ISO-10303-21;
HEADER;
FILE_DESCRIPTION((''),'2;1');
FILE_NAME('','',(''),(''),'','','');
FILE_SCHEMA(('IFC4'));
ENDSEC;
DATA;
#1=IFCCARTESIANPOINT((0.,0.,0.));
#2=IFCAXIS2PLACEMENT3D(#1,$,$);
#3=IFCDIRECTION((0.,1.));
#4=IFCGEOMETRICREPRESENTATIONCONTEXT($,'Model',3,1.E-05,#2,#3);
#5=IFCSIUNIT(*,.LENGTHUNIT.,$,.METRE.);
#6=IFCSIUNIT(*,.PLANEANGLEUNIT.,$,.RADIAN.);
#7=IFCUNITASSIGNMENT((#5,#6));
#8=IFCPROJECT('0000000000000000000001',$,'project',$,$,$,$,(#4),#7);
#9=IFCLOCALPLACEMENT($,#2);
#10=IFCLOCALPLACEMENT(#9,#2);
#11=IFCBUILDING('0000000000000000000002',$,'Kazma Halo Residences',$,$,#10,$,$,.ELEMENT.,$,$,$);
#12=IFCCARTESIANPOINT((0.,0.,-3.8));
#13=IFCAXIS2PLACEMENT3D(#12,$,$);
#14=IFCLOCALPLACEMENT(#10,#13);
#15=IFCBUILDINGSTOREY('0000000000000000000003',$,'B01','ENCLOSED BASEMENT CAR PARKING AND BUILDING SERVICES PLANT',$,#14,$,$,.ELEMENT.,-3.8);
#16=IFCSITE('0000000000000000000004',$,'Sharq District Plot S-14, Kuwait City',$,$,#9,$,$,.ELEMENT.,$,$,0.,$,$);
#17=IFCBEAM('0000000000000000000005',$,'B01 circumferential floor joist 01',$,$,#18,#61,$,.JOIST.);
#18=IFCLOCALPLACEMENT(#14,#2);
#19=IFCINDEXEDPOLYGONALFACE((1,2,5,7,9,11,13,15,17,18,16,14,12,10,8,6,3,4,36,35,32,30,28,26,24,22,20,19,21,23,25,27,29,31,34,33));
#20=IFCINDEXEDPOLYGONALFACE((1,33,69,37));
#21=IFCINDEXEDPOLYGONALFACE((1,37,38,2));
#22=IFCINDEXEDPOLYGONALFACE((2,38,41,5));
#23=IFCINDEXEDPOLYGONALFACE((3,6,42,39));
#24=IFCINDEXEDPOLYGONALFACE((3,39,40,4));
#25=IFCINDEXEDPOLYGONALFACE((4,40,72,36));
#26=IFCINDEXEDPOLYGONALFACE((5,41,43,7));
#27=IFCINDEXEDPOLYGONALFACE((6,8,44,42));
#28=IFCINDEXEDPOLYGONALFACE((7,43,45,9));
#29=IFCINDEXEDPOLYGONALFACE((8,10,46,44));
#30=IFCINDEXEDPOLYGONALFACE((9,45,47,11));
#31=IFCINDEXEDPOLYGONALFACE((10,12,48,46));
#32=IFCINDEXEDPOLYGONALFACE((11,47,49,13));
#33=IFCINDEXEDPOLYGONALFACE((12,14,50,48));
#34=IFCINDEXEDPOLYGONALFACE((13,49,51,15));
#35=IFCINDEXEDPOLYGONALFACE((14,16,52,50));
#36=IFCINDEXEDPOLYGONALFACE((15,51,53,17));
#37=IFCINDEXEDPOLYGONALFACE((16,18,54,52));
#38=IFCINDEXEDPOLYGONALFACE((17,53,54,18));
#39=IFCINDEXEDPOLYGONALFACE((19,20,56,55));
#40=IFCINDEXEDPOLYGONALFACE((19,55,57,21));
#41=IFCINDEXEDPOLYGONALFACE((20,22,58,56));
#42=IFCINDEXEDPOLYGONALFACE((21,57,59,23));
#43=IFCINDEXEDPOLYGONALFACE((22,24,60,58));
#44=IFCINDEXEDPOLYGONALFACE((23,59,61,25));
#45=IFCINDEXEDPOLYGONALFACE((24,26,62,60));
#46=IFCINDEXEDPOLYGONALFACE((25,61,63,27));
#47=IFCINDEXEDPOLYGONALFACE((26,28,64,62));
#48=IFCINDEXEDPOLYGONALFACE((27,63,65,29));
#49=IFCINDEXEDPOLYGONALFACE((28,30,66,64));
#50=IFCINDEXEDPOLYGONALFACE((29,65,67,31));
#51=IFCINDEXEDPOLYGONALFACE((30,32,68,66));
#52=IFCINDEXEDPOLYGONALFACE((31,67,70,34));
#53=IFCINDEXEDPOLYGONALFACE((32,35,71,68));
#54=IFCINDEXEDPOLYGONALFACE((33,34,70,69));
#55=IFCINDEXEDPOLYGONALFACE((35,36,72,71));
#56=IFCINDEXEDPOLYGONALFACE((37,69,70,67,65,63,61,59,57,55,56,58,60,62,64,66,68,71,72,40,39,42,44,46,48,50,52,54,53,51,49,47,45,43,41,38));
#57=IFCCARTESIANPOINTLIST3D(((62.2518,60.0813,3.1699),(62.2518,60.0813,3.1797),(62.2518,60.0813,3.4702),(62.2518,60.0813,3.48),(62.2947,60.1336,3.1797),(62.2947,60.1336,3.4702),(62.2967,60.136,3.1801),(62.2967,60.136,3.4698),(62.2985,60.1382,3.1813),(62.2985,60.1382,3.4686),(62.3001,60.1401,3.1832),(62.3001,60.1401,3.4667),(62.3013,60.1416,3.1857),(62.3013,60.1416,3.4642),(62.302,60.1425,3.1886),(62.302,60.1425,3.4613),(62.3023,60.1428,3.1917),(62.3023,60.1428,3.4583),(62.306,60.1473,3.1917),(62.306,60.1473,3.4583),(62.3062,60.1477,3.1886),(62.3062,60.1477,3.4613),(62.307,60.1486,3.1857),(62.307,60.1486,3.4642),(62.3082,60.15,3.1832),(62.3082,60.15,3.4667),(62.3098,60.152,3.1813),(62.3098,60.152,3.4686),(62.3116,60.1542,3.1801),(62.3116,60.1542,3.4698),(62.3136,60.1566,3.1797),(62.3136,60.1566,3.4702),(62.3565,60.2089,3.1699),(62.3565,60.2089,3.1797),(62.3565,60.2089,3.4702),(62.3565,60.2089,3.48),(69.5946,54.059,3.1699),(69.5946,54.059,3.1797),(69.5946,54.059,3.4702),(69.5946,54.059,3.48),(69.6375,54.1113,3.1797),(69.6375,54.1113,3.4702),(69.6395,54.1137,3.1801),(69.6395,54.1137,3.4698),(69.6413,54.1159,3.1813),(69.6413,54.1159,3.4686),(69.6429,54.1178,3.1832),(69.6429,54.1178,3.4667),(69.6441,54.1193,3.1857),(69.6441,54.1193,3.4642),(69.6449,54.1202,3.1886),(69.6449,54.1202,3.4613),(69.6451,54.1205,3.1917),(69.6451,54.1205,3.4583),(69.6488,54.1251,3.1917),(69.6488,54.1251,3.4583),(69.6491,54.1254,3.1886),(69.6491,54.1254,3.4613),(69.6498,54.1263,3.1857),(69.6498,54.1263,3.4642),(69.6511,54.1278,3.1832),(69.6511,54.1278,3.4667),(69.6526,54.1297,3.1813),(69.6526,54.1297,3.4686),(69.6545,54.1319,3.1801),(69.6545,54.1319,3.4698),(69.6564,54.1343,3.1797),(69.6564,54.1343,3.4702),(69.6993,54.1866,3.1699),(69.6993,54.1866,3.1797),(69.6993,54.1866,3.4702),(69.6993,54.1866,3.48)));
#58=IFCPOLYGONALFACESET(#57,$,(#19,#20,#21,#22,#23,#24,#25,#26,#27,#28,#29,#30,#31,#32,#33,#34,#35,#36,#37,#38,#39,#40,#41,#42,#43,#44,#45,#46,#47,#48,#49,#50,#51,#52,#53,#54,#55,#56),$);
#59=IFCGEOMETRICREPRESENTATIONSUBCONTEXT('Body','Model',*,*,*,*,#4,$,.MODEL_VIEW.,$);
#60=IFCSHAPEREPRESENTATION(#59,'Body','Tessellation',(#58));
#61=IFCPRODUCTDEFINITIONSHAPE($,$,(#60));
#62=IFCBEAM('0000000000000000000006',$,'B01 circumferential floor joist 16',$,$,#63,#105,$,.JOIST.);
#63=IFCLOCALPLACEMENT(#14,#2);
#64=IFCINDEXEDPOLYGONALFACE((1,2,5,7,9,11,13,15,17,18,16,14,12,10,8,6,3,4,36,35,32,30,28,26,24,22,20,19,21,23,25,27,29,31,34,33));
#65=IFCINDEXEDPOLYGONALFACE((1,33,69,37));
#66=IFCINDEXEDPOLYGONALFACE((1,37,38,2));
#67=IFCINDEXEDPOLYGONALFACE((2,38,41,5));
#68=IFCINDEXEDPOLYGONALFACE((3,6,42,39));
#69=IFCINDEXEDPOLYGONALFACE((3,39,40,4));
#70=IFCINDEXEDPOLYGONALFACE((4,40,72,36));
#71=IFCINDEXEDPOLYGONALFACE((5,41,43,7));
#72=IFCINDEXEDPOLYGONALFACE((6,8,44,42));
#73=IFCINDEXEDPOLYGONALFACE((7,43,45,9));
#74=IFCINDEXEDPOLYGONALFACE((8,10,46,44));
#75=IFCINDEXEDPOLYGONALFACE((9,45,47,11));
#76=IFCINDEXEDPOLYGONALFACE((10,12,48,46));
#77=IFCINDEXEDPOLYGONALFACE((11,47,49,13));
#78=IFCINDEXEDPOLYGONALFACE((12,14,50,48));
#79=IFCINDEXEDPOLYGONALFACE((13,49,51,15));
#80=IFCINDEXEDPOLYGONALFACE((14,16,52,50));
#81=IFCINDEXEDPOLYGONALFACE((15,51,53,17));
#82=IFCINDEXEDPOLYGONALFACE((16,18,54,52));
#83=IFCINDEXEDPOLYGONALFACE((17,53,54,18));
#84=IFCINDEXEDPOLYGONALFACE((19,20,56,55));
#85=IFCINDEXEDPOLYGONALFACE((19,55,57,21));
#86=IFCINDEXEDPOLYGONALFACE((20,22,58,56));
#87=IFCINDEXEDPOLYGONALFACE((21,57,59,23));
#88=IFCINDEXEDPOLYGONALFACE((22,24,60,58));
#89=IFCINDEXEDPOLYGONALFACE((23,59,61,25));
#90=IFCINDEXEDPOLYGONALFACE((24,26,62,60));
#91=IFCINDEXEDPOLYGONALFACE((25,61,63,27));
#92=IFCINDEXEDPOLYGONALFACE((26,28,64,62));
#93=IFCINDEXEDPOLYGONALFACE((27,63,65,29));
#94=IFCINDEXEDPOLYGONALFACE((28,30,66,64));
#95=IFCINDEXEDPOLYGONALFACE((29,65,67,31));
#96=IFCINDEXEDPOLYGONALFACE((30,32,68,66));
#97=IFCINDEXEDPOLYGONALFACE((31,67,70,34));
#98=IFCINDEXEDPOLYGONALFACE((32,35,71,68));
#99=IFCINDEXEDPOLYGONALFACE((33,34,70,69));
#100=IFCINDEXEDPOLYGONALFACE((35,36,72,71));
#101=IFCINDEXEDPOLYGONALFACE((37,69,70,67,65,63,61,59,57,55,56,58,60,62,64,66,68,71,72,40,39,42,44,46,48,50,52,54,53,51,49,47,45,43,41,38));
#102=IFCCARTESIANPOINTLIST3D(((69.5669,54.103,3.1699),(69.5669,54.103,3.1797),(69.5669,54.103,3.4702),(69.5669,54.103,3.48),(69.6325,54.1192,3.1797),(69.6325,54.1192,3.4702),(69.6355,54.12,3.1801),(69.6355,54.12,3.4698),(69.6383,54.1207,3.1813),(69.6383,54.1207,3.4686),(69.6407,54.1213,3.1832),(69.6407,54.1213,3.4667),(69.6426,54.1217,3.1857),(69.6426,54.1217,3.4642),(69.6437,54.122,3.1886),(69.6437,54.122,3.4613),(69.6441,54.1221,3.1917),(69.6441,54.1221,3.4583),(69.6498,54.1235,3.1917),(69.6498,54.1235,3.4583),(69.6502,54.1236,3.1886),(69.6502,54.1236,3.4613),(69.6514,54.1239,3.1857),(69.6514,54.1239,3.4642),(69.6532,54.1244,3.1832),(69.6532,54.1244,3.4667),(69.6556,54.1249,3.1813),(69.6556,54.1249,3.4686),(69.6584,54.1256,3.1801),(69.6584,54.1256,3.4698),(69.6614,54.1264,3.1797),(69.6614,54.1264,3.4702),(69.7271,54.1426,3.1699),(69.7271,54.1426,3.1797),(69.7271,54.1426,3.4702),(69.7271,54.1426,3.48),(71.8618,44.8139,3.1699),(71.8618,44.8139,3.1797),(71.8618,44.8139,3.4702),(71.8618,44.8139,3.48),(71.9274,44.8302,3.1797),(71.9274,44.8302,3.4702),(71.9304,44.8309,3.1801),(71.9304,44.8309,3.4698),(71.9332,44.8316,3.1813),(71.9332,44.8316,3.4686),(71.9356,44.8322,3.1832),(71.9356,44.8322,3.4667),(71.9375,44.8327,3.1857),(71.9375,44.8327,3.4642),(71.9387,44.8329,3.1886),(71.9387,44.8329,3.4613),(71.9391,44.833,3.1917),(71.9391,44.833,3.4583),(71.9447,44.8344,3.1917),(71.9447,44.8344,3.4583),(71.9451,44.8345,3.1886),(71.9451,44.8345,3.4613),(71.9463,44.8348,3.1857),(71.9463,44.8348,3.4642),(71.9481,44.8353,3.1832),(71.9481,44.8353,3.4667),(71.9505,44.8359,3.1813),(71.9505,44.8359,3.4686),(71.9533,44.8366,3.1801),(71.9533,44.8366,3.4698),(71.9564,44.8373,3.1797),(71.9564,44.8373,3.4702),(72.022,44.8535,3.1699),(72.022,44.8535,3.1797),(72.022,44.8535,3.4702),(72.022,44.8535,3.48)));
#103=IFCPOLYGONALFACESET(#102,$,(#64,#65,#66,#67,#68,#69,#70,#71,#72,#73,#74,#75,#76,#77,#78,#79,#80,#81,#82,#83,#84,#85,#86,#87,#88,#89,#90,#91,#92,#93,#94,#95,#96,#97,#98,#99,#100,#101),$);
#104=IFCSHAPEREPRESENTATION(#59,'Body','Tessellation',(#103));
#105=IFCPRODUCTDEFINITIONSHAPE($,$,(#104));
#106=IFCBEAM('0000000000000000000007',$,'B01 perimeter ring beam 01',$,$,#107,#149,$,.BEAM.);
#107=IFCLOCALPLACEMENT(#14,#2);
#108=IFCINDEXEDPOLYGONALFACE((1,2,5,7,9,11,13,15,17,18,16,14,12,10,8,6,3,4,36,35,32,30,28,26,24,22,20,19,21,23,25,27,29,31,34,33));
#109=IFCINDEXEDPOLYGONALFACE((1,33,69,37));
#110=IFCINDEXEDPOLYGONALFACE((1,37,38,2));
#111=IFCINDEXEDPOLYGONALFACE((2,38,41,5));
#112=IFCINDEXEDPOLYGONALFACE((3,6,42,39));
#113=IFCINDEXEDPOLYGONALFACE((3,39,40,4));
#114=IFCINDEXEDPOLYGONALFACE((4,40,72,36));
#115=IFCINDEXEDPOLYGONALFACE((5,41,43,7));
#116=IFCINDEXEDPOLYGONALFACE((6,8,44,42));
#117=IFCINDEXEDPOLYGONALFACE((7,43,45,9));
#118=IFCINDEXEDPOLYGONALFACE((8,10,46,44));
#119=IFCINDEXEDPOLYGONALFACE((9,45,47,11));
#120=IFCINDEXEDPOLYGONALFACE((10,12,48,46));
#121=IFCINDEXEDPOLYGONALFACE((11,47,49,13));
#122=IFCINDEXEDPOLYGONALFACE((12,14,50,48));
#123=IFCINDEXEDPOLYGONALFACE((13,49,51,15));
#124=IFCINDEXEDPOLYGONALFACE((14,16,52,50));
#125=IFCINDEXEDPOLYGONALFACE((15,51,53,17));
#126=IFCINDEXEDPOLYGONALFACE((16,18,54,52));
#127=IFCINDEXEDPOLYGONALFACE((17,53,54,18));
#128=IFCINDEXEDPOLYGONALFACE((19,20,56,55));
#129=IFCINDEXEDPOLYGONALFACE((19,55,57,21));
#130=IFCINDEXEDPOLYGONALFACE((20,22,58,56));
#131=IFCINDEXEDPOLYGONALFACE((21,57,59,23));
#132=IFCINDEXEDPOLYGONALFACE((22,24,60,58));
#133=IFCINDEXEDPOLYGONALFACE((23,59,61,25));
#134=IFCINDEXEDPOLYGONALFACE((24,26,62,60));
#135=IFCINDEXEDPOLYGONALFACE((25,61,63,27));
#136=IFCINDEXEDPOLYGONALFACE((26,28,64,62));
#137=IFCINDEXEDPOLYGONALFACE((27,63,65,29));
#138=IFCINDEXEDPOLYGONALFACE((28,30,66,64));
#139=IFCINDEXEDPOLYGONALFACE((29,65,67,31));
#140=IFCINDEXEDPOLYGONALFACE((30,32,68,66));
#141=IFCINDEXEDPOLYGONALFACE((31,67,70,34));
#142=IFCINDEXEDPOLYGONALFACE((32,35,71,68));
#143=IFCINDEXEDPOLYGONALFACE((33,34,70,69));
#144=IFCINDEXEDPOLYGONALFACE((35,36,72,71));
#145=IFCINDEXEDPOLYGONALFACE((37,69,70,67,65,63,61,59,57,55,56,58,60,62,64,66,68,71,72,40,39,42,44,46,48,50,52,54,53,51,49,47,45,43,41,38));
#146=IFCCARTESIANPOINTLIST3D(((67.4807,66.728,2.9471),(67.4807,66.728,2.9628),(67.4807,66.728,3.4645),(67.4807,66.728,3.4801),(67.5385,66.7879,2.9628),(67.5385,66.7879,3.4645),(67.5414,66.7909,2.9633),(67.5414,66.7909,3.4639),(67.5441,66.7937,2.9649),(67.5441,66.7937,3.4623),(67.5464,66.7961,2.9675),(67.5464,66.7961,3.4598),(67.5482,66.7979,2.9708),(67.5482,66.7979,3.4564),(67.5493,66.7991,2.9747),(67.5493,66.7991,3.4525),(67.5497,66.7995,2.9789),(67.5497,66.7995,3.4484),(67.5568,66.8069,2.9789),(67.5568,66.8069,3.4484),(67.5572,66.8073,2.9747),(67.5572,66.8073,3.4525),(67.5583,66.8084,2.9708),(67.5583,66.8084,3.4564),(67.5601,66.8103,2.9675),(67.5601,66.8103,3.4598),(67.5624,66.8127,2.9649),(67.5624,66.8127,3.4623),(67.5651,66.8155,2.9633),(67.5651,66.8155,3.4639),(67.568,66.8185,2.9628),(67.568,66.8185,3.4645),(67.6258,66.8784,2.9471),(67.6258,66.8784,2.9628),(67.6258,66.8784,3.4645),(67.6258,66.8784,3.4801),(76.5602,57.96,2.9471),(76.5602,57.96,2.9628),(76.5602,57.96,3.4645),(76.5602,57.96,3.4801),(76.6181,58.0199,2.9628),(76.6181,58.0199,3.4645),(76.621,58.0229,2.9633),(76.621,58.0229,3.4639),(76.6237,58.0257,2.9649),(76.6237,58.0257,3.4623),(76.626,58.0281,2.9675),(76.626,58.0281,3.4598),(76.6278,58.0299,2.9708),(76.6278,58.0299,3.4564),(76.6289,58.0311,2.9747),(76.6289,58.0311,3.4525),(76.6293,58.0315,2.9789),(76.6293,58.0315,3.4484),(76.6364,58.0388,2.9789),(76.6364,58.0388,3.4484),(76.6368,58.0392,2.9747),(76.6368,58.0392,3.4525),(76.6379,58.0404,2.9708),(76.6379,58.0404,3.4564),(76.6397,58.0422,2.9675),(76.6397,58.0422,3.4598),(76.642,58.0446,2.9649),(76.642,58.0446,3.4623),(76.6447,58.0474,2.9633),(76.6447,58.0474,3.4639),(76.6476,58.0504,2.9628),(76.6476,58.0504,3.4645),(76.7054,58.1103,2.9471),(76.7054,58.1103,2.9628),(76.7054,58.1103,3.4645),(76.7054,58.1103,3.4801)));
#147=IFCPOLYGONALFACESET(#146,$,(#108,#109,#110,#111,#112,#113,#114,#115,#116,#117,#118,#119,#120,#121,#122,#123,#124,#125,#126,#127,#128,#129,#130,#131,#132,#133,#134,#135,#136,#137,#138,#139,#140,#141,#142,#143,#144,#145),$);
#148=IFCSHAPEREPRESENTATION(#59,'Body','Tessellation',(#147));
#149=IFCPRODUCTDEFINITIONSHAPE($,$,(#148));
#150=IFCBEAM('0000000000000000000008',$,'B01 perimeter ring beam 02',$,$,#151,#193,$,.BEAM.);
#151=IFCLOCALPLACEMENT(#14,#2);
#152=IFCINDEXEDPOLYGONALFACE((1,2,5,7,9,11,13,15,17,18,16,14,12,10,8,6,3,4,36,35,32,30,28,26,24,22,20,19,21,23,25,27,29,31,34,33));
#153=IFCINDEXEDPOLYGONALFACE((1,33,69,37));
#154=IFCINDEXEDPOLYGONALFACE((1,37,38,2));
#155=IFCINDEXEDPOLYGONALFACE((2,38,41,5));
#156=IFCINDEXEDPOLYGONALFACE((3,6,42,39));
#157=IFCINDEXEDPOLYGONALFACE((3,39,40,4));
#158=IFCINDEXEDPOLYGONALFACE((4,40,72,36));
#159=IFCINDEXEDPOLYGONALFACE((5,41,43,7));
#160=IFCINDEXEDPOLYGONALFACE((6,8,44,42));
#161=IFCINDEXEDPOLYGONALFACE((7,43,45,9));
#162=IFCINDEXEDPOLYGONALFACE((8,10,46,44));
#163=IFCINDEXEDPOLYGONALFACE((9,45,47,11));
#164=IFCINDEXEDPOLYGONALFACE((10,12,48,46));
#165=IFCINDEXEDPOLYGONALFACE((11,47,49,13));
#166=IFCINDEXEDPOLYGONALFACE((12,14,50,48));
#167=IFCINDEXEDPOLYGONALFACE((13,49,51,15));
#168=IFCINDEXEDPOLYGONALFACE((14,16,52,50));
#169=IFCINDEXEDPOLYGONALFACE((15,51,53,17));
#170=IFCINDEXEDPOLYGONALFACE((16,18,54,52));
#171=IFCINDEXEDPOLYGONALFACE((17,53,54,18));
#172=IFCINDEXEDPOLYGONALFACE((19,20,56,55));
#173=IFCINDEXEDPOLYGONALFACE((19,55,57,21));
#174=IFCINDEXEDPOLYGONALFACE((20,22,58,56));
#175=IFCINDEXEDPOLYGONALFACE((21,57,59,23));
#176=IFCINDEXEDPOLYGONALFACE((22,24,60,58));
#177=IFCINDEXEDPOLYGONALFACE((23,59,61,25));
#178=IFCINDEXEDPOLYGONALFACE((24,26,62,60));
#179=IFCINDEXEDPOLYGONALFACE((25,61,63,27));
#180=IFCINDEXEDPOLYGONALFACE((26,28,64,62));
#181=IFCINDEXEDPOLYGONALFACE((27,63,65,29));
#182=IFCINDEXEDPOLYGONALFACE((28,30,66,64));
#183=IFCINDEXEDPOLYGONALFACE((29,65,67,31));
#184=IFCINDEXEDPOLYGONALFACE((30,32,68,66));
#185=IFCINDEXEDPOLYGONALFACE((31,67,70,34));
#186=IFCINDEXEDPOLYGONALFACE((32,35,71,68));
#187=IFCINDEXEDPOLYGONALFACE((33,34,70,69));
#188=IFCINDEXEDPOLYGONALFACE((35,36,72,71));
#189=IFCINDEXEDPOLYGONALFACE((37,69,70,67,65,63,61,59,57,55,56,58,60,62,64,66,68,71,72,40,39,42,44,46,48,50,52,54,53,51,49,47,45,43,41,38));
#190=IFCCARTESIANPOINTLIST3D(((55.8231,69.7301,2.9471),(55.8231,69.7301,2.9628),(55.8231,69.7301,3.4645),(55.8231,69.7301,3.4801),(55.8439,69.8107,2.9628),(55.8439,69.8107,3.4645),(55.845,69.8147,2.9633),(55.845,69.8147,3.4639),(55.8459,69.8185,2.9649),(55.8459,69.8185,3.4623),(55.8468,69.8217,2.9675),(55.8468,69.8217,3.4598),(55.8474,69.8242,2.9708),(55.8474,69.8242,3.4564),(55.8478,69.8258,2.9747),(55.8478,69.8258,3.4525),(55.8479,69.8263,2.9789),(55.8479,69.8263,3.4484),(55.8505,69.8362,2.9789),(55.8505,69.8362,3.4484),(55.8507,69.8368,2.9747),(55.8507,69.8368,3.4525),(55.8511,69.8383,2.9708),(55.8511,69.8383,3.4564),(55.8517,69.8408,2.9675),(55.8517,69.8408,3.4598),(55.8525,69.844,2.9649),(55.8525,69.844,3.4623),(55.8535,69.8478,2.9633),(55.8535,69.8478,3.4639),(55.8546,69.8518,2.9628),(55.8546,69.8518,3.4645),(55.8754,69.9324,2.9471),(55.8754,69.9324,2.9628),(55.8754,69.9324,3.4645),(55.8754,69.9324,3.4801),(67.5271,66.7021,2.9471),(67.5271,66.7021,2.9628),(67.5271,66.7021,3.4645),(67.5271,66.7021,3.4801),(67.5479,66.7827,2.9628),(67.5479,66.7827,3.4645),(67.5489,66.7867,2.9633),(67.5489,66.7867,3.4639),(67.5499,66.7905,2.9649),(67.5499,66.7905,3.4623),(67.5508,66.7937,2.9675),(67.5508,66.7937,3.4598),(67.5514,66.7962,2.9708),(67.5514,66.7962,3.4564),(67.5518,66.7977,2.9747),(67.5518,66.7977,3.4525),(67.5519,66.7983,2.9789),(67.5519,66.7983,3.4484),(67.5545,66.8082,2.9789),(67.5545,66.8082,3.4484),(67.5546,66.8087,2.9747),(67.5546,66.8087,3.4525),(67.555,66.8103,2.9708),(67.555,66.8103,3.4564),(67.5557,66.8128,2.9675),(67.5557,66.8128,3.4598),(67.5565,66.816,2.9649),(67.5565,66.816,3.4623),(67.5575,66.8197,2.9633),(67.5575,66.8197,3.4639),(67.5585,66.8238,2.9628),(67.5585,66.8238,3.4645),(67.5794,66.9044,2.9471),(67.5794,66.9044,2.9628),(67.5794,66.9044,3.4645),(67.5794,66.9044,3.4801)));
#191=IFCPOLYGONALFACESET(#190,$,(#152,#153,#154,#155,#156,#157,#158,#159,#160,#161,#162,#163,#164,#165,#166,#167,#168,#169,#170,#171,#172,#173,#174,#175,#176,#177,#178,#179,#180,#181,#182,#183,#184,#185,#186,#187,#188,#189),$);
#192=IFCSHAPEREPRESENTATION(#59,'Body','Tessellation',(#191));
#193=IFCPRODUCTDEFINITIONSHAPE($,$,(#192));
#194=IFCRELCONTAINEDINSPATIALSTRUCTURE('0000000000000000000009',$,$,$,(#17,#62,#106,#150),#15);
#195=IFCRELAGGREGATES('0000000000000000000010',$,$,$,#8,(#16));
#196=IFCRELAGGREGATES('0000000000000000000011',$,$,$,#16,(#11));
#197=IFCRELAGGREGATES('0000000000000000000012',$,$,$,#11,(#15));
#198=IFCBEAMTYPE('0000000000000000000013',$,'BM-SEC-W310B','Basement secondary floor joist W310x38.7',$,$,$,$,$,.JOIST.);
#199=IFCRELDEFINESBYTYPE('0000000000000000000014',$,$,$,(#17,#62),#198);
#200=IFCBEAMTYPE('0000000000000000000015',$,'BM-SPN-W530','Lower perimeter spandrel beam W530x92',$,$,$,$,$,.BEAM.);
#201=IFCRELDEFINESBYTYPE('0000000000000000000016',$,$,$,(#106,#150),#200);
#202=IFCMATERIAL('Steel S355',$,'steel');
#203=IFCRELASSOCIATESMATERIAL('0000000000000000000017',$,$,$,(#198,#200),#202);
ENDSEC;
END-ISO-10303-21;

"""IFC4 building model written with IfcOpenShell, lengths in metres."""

from ifc_helpers import new_model, si_unit, direction, frame, origin, origin_2d, place, context, subcontext, project, spatial, i_section, extrude, material, material_profile, profile_set, type_object, element, save


model = new_model("IFC4")

# Units and contexts
model_context = context("Model", 3, precision=1e-05, world=origin(), true_north=direction((0.0, 1.0)))
body_context = subcontext(model_context, "Body", "Model", "MODEL_VIEW")
ifc_project = project(units=[si_unit("LENGTHUNIT", "METRE"), si_unit("PLANEANGLEUNIT", "RADIAN")], contexts=[model_context])

# Site, building, storey
site_placement = place(None, origin())
site = spatial("IfcSite", under=ifc_project, at=site_placement, Name="Sharq District Plot S-14, Kuwait City", CompositionType="ELEMENT", RefElevation=0.0)
building_placement = place(site_placement, origin())
building = spatial("IfcBuilding", under=site, at=building_placement, Name="Kazma Halo Residences", CompositionType="ELEMENT")
storey_placement = place(building_placement, frame((0.0, 0.0, -3.8)))
storey = spatial("IfcBuildingStorey", under=building, at=storey_placement, Name="B01", Description="ENCLOSED BASEMENT CAR PARKING AND BUILDING SERVICES PLANT", CompositionType="ELEMENT", Elevation=-3.8)

# Beams
ifc_material_1 = material(Name="Steel S355", Category="steel")
ifc_material_profile_1 = material_profile(ifc_material_1, i_section(OverallWidth=0.165, OverallDepth=0.3101, WebThickness=0.0059, FlangeThickness=0.0098, FilletRadius=0.012, at=origin_2d()), Name="W310x38.7")
ifc_profile_set_1 = profile_set([ifc_material_profile_1], Name="Steel S355")
beam_type_1 = type_object("IfcBeamType", Name="BM-SEC-W310B", Description="Basement secondary floor joist W310x38.7", PredefinedType="JOIST", material=ifc_profile_set_1)
beam_1_placement = place(storey_placement, frame((69.647, 54.1228, 3.325), z_axis=(-0.773209, 0.634152, 0.0), x_axis=(-0.634152, -0.773209, 0.0)))
element("IfcBeam", 1, at=beam_1_placement, inside=storey, type_object=beam_type_1, Name="B01 circumferential floor joist 01", PredefinedType="JOIST", context=body_context, shape_type="SweptSolid", body=[
    extrude(i_section(OverallWidth=0.165, OverallDepth=0.3101, WebThickness=0.0059, FlangeThickness=0.0098, FilletRadius=0.012, at=origin_2d()), origin(), (0.0, 0.0, 1.0), 9.4966),
])
beam_2_placement = place(storey_placement, frame((71.9419, 44.8337, 3.325), z_axis=(-0.239845, 0.970811, 0.0), x_axis=(-0.970811, -0.239845, 0.0)))
element("IfcBeam", 2, at=beam_2_placement, inside=storey, type_object=beam_type_1, Name="B01 circumferential floor joist 16", PredefinedType="JOIST", context=body_context, shape_type="SweptSolid", body=[
    extrude(i_section(OverallWidth=0.165, OverallDepth=0.3101, WebThickness=0.0059, FlangeThickness=0.0098, FilletRadius=0.012, at=origin_2d()), origin(), (0.0, 0.0, 1.0), 9.5684),
])
ifc_material_profile_2 = material_profile(ifc_material_1, i_section(OverallWidth=0.209, OverallDepth=0.533, WebThickness=0.0103, FlangeThickness=0.0156, FilletRadius=0.0161, at=origin_2d()), Name="W530x92")
ifc_profile_set_2 = profile_set([ifc_material_profile_2], Name="Steel S355")
beam_type_2 = type_object("IfcBeamType", Name="BM-SPN-W530", Description="Lower perimeter spandrel beam W530x92", PredefinedType="BEAM", material=ifc_profile_set_2)
beam_3_placement = place(storey_placement, frame((76.6328, 58.0352, 3.2136), z_axis=(-0.719339, 0.694659, 0.0), x_axis=(-0.694659, -0.719339, 0.0)))
element("IfcBeam", 3, at=beam_3_placement, inside=storey, type_object=beam_type_2, Name="B01 perimeter ring beam 01", PredefinedType="BEAM", context=body_context, shape_type="SweptSolid", body=[
    extrude(i_section(OverallWidth=0.209, OverallDepth=0.533, WebThickness=0.0103, FlangeThickness=0.0156, FilletRadius=0.0161, at=origin_2d()), origin(), (0.0, 0.0, 1.0), 12.6221),
])
beam_4_placement = place(storey_placement, frame((67.5532, 66.8032, 3.2136), z_axis=(-0.968124, 0.250472, 0.0), x_axis=(-0.250472, -0.968124, 0.0)))
element("IfcBeam", 4, at=beam_4_placement, inside=storey, type_object=beam_type_2, Name="B01 perimeter ring beam 02", PredefinedType="BEAM", context=body_context, shape_type="SweptSolid", body=[
    extrude(i_section(OverallWidth=0.209, OverallDepth=0.533, WebThickness=0.0103, FlangeThickness=0.0156, FilletRadius=0.0161, at=origin_2d()), origin(), (0.0, 0.0, 1.0), 12.0894),
])

save(model, "model.ifc")
